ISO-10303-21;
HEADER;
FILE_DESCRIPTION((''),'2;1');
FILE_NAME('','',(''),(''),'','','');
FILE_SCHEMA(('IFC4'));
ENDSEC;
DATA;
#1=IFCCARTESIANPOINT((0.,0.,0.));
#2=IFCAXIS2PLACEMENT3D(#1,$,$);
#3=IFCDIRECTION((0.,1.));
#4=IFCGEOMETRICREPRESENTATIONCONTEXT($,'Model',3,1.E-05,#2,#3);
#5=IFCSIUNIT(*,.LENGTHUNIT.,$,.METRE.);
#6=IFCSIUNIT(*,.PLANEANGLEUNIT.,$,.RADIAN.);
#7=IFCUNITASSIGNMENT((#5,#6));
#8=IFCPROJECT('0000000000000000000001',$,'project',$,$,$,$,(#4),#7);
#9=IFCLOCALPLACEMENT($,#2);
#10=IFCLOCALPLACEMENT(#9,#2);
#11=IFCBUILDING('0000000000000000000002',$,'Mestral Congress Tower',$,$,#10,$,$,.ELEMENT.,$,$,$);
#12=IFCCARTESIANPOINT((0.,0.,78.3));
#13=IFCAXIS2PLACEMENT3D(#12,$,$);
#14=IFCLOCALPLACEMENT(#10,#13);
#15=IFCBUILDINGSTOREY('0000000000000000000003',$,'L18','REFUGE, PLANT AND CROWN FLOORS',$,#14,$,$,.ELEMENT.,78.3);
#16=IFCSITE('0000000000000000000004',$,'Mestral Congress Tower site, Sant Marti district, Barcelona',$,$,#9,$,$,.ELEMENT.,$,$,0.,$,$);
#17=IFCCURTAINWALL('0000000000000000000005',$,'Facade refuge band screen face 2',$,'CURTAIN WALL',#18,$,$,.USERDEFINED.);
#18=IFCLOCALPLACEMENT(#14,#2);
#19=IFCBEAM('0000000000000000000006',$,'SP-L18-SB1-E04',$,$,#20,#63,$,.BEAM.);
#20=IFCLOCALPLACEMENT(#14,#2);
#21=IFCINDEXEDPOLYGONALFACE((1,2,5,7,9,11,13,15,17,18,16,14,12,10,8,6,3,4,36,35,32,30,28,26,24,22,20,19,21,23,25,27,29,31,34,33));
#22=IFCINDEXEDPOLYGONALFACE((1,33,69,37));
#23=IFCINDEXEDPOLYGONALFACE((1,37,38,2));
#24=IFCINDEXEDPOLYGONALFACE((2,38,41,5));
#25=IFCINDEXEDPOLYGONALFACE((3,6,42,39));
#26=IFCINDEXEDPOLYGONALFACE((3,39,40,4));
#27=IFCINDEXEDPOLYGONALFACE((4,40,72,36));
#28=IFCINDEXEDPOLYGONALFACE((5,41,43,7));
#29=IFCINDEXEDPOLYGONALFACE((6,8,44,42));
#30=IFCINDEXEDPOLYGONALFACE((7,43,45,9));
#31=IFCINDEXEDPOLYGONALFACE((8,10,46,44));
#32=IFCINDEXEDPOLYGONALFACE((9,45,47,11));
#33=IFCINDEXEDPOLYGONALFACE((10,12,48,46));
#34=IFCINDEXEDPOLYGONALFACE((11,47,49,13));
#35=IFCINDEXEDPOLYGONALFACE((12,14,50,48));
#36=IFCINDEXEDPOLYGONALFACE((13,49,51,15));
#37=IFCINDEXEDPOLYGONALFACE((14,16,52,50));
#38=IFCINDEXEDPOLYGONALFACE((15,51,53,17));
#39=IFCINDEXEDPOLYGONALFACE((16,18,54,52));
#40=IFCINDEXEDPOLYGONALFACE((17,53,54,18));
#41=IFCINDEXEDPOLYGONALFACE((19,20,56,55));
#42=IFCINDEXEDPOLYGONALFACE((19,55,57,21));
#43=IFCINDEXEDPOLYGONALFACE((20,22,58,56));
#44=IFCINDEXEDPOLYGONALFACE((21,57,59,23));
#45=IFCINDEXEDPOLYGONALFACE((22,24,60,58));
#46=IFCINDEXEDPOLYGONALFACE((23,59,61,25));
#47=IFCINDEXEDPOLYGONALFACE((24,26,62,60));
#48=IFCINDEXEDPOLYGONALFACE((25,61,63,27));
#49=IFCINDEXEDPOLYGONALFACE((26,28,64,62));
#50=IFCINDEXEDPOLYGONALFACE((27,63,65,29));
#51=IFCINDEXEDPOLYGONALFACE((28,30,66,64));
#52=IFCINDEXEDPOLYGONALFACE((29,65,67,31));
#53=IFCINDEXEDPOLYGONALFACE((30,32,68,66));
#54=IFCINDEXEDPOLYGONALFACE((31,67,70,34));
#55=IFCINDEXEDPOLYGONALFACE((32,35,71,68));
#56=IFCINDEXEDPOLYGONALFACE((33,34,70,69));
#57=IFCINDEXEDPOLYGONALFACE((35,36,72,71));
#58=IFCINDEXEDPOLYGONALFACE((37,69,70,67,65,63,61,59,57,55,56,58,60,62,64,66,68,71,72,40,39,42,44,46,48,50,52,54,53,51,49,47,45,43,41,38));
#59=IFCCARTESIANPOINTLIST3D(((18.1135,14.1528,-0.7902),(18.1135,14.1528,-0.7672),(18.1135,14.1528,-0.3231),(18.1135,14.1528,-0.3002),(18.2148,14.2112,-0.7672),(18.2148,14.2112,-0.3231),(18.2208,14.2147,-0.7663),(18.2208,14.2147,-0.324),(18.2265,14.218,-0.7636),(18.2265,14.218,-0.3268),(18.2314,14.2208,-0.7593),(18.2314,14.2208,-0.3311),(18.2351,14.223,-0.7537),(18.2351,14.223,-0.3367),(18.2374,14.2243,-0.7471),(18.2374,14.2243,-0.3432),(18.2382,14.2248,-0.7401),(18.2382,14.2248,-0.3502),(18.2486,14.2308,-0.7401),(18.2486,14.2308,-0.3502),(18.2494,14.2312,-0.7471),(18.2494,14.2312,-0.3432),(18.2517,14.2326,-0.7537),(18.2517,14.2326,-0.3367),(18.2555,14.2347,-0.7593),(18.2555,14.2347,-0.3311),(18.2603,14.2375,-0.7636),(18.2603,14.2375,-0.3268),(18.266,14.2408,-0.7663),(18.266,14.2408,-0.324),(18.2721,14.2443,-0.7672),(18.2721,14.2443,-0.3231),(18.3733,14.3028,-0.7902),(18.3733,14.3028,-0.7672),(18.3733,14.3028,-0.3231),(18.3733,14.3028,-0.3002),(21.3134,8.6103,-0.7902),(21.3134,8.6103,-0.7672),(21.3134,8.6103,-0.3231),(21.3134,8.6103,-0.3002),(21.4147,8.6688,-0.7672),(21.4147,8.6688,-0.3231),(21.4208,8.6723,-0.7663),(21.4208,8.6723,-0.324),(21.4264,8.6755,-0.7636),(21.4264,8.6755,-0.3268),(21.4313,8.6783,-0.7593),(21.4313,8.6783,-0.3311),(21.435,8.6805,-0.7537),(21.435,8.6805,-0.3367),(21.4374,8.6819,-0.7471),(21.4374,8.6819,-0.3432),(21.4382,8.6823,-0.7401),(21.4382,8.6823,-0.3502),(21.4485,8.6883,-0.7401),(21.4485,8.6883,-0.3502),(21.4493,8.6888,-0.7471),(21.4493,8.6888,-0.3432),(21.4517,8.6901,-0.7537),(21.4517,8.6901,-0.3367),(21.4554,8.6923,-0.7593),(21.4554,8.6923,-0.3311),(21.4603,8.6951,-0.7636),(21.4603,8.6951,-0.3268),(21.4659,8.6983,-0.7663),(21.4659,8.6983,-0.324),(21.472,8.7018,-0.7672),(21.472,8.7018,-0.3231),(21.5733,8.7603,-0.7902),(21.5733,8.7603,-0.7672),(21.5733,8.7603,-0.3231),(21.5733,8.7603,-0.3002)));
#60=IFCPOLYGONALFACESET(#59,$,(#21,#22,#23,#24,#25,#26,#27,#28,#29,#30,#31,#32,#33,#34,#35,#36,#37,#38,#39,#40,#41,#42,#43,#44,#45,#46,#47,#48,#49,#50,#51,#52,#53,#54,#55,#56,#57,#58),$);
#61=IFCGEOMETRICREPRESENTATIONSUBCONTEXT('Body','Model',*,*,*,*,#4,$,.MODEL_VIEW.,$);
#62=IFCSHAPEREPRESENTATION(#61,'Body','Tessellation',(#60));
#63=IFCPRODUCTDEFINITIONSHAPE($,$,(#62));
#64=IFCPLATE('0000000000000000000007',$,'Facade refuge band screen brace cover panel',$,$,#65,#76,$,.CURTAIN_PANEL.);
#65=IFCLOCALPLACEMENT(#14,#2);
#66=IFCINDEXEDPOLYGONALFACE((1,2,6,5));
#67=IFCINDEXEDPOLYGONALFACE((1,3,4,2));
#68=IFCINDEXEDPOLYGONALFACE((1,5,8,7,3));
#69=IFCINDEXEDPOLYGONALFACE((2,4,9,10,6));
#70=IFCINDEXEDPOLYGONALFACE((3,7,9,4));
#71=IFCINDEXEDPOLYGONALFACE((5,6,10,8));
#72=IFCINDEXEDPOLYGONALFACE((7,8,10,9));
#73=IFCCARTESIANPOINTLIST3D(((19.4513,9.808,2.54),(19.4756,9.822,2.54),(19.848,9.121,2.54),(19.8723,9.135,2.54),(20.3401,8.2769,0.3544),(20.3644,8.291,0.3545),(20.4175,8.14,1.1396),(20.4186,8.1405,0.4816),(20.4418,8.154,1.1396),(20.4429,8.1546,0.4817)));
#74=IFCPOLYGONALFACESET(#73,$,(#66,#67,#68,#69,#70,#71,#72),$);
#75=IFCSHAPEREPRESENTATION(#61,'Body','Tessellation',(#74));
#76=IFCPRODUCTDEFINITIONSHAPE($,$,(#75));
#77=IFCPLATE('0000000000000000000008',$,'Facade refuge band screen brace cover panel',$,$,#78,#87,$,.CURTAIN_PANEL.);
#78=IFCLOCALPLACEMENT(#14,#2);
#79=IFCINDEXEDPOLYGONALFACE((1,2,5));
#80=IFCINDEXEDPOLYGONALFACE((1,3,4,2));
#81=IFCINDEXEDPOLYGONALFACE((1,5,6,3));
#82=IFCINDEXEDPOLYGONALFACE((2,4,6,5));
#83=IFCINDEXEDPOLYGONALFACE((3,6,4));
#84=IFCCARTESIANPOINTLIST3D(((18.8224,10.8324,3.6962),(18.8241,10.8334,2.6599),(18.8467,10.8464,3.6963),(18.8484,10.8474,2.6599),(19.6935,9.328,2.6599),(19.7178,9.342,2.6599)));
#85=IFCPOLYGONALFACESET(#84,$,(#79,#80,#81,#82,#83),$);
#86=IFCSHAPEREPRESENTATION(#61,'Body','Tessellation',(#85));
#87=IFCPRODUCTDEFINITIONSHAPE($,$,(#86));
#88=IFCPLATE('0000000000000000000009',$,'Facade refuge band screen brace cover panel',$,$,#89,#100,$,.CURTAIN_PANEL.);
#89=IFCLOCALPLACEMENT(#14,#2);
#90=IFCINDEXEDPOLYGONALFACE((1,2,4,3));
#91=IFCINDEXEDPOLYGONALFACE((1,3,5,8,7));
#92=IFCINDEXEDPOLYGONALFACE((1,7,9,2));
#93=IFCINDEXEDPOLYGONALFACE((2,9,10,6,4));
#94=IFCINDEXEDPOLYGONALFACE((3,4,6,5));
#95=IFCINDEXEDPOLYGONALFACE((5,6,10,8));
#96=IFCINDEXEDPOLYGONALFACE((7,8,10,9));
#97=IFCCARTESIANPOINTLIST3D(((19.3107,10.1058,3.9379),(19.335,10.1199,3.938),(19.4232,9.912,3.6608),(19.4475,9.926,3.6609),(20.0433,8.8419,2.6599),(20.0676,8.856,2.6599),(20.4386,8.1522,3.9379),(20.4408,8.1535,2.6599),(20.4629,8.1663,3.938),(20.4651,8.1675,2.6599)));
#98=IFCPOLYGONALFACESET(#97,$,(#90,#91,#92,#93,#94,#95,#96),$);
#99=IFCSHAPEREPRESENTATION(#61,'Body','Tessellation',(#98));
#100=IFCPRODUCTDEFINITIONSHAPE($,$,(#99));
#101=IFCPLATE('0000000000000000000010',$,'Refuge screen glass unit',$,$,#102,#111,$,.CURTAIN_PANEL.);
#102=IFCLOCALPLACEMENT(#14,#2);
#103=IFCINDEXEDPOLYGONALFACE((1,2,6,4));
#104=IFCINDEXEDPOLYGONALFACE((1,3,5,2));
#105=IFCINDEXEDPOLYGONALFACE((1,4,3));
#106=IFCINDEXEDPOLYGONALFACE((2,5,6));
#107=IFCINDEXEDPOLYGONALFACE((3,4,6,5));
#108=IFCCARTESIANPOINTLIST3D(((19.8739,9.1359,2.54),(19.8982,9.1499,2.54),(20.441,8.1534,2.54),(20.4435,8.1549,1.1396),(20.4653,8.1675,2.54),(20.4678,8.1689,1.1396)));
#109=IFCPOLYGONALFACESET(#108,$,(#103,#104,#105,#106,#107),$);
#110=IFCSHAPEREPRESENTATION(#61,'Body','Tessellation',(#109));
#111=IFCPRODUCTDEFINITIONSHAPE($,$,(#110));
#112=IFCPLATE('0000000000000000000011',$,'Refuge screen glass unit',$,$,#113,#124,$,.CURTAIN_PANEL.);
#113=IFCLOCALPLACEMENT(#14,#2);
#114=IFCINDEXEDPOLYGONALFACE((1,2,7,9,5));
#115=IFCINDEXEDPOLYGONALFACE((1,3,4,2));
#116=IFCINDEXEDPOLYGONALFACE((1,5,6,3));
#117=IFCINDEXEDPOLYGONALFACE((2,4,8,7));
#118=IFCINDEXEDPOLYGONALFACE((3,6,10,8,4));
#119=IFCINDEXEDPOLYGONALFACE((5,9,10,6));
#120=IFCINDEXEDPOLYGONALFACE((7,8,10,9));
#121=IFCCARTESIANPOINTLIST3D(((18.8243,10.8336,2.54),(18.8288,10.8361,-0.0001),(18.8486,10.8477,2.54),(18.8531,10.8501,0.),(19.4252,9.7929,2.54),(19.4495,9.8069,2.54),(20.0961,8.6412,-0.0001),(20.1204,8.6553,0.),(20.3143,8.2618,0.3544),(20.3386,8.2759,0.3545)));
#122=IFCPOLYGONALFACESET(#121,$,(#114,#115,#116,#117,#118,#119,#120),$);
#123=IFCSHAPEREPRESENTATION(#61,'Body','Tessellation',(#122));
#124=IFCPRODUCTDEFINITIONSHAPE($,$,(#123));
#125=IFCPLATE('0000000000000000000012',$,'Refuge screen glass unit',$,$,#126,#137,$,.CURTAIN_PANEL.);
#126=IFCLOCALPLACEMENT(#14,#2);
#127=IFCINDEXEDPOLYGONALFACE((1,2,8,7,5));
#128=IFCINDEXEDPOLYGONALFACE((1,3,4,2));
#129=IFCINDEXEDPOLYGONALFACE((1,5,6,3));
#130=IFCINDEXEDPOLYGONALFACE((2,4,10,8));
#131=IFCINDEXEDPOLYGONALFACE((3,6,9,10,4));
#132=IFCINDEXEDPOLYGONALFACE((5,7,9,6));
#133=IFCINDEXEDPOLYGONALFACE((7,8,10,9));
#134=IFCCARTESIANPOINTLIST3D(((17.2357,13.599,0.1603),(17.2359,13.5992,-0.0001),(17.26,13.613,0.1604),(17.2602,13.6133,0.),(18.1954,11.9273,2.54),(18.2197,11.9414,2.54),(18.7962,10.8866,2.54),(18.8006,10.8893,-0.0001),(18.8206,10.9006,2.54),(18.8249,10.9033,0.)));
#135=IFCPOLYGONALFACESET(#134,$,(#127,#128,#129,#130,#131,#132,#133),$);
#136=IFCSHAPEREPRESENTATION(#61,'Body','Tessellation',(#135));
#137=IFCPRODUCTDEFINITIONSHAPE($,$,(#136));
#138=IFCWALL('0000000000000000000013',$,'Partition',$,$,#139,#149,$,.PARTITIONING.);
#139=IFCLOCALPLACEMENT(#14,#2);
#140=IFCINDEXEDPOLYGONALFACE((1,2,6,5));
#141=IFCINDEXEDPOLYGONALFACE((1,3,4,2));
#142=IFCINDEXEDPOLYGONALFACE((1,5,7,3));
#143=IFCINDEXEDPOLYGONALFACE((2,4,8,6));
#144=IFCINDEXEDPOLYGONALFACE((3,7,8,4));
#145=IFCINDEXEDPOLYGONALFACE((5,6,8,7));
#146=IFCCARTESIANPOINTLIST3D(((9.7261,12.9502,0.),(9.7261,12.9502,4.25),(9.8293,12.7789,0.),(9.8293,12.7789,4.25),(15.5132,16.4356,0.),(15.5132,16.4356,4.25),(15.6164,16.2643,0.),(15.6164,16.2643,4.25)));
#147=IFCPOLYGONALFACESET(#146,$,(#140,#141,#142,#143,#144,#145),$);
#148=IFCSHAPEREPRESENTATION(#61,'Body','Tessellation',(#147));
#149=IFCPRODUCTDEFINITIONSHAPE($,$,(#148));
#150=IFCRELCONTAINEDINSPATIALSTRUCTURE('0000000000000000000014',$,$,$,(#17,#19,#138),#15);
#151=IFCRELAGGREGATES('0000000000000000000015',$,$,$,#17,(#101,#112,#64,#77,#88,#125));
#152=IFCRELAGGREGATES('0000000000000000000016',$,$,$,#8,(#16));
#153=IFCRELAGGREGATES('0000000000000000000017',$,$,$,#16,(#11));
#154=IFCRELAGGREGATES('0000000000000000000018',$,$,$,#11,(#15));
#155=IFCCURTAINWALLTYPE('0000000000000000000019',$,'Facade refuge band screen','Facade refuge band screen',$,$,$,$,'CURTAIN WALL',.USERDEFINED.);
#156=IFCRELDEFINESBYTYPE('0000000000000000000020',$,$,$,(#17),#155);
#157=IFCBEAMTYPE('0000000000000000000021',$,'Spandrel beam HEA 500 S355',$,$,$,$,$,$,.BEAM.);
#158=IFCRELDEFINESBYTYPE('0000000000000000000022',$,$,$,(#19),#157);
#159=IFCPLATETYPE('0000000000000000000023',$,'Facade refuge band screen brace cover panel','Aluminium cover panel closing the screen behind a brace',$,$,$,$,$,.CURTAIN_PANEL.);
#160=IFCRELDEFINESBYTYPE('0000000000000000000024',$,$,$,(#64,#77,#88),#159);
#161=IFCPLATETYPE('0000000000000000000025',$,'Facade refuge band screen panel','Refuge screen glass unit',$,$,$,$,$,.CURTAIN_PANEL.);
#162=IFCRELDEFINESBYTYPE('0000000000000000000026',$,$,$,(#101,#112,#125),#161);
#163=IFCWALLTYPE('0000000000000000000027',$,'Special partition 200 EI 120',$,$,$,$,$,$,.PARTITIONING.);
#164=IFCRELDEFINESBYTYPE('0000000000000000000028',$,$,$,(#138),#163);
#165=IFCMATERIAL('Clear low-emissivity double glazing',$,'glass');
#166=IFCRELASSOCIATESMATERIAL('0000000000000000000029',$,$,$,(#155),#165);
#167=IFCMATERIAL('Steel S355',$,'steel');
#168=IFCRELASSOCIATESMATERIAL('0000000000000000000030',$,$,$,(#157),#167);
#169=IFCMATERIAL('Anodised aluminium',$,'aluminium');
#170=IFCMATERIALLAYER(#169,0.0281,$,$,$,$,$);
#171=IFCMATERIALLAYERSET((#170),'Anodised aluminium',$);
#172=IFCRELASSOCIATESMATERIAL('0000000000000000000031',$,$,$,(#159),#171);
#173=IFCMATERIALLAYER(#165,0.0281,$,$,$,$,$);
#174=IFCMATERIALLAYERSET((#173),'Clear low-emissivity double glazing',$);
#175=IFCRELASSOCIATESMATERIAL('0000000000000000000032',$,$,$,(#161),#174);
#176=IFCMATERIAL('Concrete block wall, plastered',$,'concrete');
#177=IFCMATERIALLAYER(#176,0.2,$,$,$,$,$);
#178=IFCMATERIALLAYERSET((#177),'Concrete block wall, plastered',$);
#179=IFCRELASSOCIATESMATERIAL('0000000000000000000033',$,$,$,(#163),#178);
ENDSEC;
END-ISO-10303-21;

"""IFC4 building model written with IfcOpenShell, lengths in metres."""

from ifc_helpers import new_model, si_unit, direction, frame, frame_2d, origin, origin_2d, place, context, subcontext, project, spatial, polyline, rectangle, i_section, outline, extrude, material, layer, layer_set, material_profile, profile_set, type_object, element, aggregate, save


model = new_model("IFC4")

# Units and contexts
model_context = context("Model", 3, precision=1e-05, world=origin(), true_north=direction((0.0, 1.0)))
body_context = subcontext(model_context, "Body", "Model", "MODEL_VIEW")
ifc_project = project(units=[si_unit("LENGTHUNIT", "METRE"), si_unit("PLANEANGLEUNIT", "RADIAN")], contexts=[model_context])

# Site, building, storey
site_placement = place(None, origin())
site = spatial("IfcSite", under=ifc_project, at=site_placement, Name="Mestral Congress Tower site, Sant Marti district, Barcelona", CompositionType="ELEMENT", RefElevation=0.0)
building_placement = place(site_placement, origin())
building = spatial("IfcBuilding", under=site, at=building_placement, Name="Mestral Congress Tower", CompositionType="ELEMENT")
storey_placement = place(building_placement, frame((0.0, 0.0, 78.3)))
storey = spatial("IfcBuildingStorey", under=building, at=storey_placement, Name="L18", Description="REFUGE, PLANT AND CROWN FLOORS", CompositionType="ELEMENT", Elevation=78.3)

# Shared definitions
ifc_material_1 = material(Name="Steel S355", Category="steel")

# Curtain wall
ifc_material_2 = material(Name="Clear low-emissivity double glazing", Category="glass")
curtain_wall_type = type_object("IfcCurtainWallType", Name="Facade refuge band screen", Description="Facade refuge band screen", ElementType="CURTAIN WALL", PredefinedType="USERDEFINED", material=ifc_material_2)
curtain_wall_placement = place(storey_placement, origin())
curtain_wall = element("IfcCurtainWall", 1, at=curtain_wall_placement, inside=storey, type_object=curtain_wall_type, Name="Facade refuge band screen face 2", ObjectType="CURTAIN WALL", PredefinedType="USERDEFINED")
ifc_material_3 = material(Name="Anodised aluminium", Category="aluminium")

# Beam
ifc_material_profile_1 = material_profile(ifc_material_1, i_section(OverallWidth=0.3, OverallDepth=0.49, WebThickness=0.012, FlangeThickness=0.0229, FilletRadius=0.0271, at=origin_2d()), Name="HEA 500")
ifc_profile_set_1 = profile_set([ifc_material_profile_1], Name="Steel S355")
beam_type_1 = type_object("IfcBeamType", Name="Spandrel beam HEA 500 S355", PredefinedType="BEAM", material=ifc_profile_set_1)
beam_1_placement = place(storey_placement, frame((21.4434, 8.6853, -0.5452), z_axis=(-0.5, 0.866025, 0.0), x_axis=(-0.866025, -0.5, 0.0)))
element("IfcBeam", 2, at=beam_1_placement, inside=storey, type_object=beam_type_1, Name="SP-L18-SB1-E04", PredefinedType="BEAM", context=body_context, shape_type="SweptSolid", body=[
    extrude(i_section(OverallWidth=0.3, OverallDepth=0.49, WebThickness=0.012, FlangeThickness=0.0229, FilletRadius=0.0271, at=origin_2d()), origin(), (0.0, 0.0, 1.0), 6.3999),
])

# Plates
ifc_layer_1 = layer(ifc_material_3, 0.0281)
ifc_layer_set_1 = layer_set([ifc_layer_1], Name="Anodised aluminium")
plate_type_1 = type_object("IfcPlateType", Name="Facade refuge band screen brace cover panel", Description="Aluminium cover panel closing the screen behind a brace", PredefinedType="CURTAIN_PANEL", material=ifc_layer_set_1)
plate_1_placement = place(storey_placement, frame((19.4756, 9.822, 2.54), z_axis=(0.865989, 0.500059, 0.001888), x_axis=(0.316024, -0.54435, -0.777053)))
plate_1 = element("IfcPlate", 3, at=plate_1_placement, type_object=plate_type_1, Name="Facade refuge band screen brace cover panel", PredefinedType="CURTAIN_PANEL", context=body_context, shape_type="SweptSolid", body=[
    extrude(outline(polyline([(0.0, 0.0), (2.8126, 0.0), (2.8128, -0.2024), (2.3015, -0.6164), (0.4994, -0.6165), (0.0, 0.0)])), origin(), (0.0, 0.0, -1.0), 0.0281),
])
plate_2_placement = place(storey_placement, frame((18.8484, 10.8474, 2.6599), z_axis=(0.865959, 0.500111, 0.001899), x_axis=(0.500111, -0.865961, 0.0)))
plate_2 = element("IfcPlate", 4, at=plate_2_placement, type_object=plate_type_1, Name="Facade refuge band screen brace cover panel", PredefinedType="CURTAIN_PANEL", context=body_context, shape_type="SweptSolid", body=[
    extrude(outline(polyline([(0.0, 0.0), (1.7384, 0.0), (0.0, -1.0364), (0.0, 0.0)])), origin(), (0.0, 0.0, -1.0), 0.0281),
])
plate_3_placement = place(storey_placement, frame((20.4629, 8.1663, 3.938), z_axis=(0.866026, 0.499996, 0.001982), x_axis=(-0.499997, 0.866027, 0.0)))
plate_3 = element("IfcPlate", 5, at=plate_3_placement, type_object=plate_type_1, Name="Facade refuge band screen brace cover panel", PredefinedType="CURTAIN_PANEL", context=body_context, shape_type="SweptSolid", body=[
    extrude(outline(polyline([(0.0, 0.0), (2.2558, 0.0), (2.0317, -0.2771), (0.7949, -1.2781), (0.0, -1.2781), (0.0, 0.0)])), origin(), (0.0, 0.0, -1.0), 0.0281),
])
ifc_layer_2 = layer(ifc_material_2, 0.0281)
ifc_layer_set_2 = layer_set([ifc_layer_2], Name="Clear low-emissivity double glazing")
plate_type_2 = type_object("IfcPlateType", Name="Facade refuge band screen panel", Description="Refuge screen glass unit", PredefinedType="CURTAIN_PANEL", material=ifc_layer_set_2)
plate_4_placement = place(storey_placement, frame((20.4653, 8.1675, 2.54), z_axis=(0.866048, 0.499957, 0.002033), x_axis=(-0.499958, 0.866049, 0.0)))
plate_4 = element("IfcPlate", 6, at=plate_4_placement, type_object=plate_type_2, Name="Refuge screen glass unit", PredefinedType="CURTAIN_PANEL", context=body_context, shape_type="SweptSolid", body=[
    extrude(outline(polyline([(0.0, 0.0), (1.1344, 0.0), (0.0, -1.4004), (0.0, 0.0)])), origin(), (0.0, 0.0, -1.0), 0.0281),
])
plate_5_placement = place(storey_placement, frame((18.8486, 10.8477, 2.54), z_axis=(0.866009, 0.500025, 0.002009), x_axis=(0.001756, 0.000976, -0.999998)))
plate_5 = element("IfcPlate", 7, at=plate_5_placement, type_object=plate_type_2, Name="Refuge screen glass unit", PredefinedType="CURTAIN_PANEL", context=body_context, shape_type="SweptSolid", body=[
    extrude(outline(polyline([(0.0, 0.0), (2.54, 0.0), (2.5401, -2.5344), (2.1856, -2.9721), (0.0, -1.2017), (0.0, 0.0)])), origin(), (0.0, 0.0, -1.0), 0.0281),
])
plate_6_placement = place(storey_placement, frame((18.8206, 10.9006, 2.54), z_axis=(0.866018, 0.500009, 0.002005), x_axis=(-0.50001, 0.866019, 0.0)))
plate_6 = element("IfcPlate", 8, at=plate_6_placement, type_object=plate_type_2, Name="Refuge screen glass unit", PredefinedType="CURTAIN_PANEL", context=body_context, shape_type="SweptSolid", body=[
    extrude(outline(polyline([(0.0, 0.0), (1.2017, 0.0), (3.1293, -2.3796), (3.1294, -2.54), (0.0001, -2.54), (0.0, 0.0)])), origin(), (0.0, 0.0, -1.0), 0.0281),
])
aggregate(curtain_wall, [plate_4, plate_5, plate_1, plate_2, plate_3, plate_6])

# Wall
ifc_material_4 = material(Name="Concrete block wall, plastered", Category="concrete")
ifc_layer_3 = layer(ifc_material_4, 0.2)
ifc_layer_set_3 = layer_set([ifc_layer_3], Name="Concrete block wall, plastered")
wall_type = type_object("IfcWallType", Name="Special partition 200 EI 120", PredefinedType="PARTITIONING", material=ifc_layer_set_3)
wall_placement = place(storey_placement, frame((9.7776, 12.8645, 0.0), z_axis=(0.0, 0.0, 1.0), x_axis=(0.856637, 0.515919, 0.0)))
element("IfcWall", 9, at=wall_placement, inside=storey, type_object=wall_type, Name="Partition", PredefinedType="PARTITIONING", context=body_context, shape_type="SweptSolid", body=[
    extrude(rectangle(XDim=6.7556, YDim=0.2, at=frame_2d((3.3779, 0.0))), origin(), (0.0, 0.0, 1.0), 4.25),
])

save(model, "model.ifc")
